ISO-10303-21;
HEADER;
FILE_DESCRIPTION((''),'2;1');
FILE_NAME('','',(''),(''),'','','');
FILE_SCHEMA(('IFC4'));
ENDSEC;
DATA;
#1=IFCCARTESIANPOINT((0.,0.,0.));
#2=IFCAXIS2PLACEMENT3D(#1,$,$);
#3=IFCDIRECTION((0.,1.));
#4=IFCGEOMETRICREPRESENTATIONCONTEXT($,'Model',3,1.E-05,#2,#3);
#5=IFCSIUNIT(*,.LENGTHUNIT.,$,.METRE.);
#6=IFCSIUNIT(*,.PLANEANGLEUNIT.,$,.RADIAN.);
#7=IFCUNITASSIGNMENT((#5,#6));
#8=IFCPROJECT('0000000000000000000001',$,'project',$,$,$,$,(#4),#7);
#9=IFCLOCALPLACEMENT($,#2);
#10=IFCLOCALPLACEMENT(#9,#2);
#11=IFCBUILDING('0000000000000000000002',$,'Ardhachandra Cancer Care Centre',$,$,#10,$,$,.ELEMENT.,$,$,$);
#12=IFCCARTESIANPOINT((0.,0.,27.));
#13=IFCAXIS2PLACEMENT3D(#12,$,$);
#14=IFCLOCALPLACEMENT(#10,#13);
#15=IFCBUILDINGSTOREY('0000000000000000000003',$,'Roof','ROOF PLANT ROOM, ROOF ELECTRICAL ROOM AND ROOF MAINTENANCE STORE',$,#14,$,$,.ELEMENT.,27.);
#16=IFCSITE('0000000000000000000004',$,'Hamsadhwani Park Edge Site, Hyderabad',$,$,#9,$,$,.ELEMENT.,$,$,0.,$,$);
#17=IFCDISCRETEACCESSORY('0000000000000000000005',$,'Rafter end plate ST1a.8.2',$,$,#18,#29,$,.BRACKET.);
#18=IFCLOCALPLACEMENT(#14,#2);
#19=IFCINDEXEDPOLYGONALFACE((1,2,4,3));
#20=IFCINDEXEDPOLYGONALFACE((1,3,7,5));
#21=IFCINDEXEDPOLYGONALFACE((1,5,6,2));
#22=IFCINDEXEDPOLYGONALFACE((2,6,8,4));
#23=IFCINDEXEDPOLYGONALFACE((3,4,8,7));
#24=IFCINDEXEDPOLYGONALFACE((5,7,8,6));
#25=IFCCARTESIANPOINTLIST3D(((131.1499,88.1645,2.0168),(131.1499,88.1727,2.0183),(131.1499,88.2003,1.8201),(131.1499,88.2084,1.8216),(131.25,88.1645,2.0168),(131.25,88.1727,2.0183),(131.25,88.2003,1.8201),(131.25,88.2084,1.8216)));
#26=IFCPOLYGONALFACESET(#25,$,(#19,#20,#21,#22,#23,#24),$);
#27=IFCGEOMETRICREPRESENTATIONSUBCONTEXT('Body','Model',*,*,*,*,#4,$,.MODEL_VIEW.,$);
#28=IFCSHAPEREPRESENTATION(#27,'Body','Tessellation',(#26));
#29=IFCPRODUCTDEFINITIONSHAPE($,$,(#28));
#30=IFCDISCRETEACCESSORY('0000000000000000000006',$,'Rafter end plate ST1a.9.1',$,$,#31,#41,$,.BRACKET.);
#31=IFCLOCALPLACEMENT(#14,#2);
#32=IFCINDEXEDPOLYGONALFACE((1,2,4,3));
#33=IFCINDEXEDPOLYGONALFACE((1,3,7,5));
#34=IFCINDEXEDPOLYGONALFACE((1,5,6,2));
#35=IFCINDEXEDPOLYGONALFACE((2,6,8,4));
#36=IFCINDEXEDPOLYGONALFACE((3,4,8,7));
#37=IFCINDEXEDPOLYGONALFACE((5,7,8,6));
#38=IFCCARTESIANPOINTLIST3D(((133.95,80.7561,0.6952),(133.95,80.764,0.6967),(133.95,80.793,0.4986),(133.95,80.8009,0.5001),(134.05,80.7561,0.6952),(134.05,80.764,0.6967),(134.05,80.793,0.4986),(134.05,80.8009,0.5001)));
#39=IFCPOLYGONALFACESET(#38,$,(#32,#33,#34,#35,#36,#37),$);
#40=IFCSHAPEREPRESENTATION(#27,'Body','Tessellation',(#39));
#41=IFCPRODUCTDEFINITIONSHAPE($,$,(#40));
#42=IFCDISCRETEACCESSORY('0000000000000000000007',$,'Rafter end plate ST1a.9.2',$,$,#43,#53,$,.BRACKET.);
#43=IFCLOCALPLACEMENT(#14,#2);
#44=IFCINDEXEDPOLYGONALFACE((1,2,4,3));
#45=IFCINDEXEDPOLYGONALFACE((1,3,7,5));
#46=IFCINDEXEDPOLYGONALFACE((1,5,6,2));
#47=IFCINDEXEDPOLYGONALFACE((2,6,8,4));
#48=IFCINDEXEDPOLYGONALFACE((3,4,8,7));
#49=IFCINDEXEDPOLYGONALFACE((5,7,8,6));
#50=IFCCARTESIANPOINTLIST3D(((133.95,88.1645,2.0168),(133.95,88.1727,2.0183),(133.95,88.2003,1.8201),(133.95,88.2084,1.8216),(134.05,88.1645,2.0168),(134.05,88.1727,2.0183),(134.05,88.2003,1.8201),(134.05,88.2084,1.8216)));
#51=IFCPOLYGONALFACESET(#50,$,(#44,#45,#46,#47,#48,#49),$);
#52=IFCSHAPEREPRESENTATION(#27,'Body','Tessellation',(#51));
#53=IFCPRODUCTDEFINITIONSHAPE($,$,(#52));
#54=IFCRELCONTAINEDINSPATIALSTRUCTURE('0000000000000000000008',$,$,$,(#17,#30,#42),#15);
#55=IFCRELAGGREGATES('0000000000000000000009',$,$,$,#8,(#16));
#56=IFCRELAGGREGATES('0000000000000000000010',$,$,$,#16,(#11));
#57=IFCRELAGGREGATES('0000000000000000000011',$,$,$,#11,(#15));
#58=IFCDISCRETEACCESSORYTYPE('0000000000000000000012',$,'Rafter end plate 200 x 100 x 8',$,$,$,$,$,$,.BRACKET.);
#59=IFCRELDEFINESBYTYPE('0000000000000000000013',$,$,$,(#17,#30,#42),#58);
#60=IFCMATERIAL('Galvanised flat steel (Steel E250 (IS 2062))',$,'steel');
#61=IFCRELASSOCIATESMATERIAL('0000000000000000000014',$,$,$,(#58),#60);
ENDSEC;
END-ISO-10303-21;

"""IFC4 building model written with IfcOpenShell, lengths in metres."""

from ifc_helpers import new_model, si_unit, direction, frame, origin, origin_2d, place, context, subcontext, project, spatial, rectangle, extrude, material, material_profile, profile_set, type_object, element, save


model = new_model("IFC4")

# Units and contexts
model_context = context("Model", 3, precision=1e-05, world=origin(), true_north=direction((0.0, 1.0)))
body_context = subcontext(model_context, "Body", "Model", "MODEL_VIEW")
ifc_project = project(units=[si_unit("LENGTHUNIT", "METRE"), si_unit("PLANEANGLEUNIT", "RADIAN")], contexts=[model_context])

# Site, building, storey
site_placement = place(None, origin())
site = spatial("IfcSite", under=ifc_project, at=site_placement, Name="Hamsadhwani Park Edge Site, Hyderabad", CompositionType="ELEMENT", RefElevation=0.0)
building_placement = place(site_placement, origin())
building = spatial("IfcBuilding", under=site, at=building_placement, Name="Ardhachandra Cancer Care Centre", CompositionType="ELEMENT")
storey_placement = place(building_placement, frame((0.0, 0.0, 27.0)))
storey = spatial("IfcBuildingStorey", under=building, at=storey_placement, Name="Roof", Description="ROOF PLANT ROOM, ROOF ELECTRICAL ROOM AND ROOF MAINTENANCE STORE", CompositionType="ELEMENT", Elevation=27.0)

# Discrete accessories
ifc_material_1 = material(Name="Galvanised flat steel (Steel E250 (IS 2062))", Category="steel")
ifc_material_profile_1 = material_profile(ifc_material_1, rectangle(XDim=0.1001, YDim=0.2, at=origin_2d()), Name="Rafter end plate 200 x 100 x 8")
ifc_profile_set_1 = profile_set([ifc_material_profile_1], Name="Galvanised flat steel (Steel E250 (IS 2062))")
discrete_accessory_type = type_object("IfcDiscreteAccessoryType", Name="Rafter end plate 200 x 100 x 8", PredefinedType="BRACKET", material=ifc_profile_set_1)
discrete_accessory_1_placement = place(storey_placement, frame((131.2, 88.1824, 1.9185), z_axis=(0.0, 0.98387, 0.178885), x_axis=(-1.0, 0.0, 0.0)))
element("IfcDiscreteAccessory", 1, at=discrete_accessory_1_placement, inside=storey, type_object=discrete_accessory_type, Name="Rafter end plate ST1a.8.2", PredefinedType="BRACKET", context=body_context, shape_type="SweptSolid", body=[
    extrude(rectangle(XDim=0.1001, YDim=0.2, at=origin_2d()), origin(), (0.0, 0.0, 1.0), 0.0083),
])
discrete_accessory_2_placement = place(storey_placement, frame((134.0, 80.7825, 0.5984), z_axis=(0.0, -0.982872, -0.184289), x_axis=(1.0, 0.0, 0.0)))
element("IfcDiscreteAccessory", 2, at=discrete_accessory_2_placement, inside=storey, type_object=discrete_accessory_type, Name="Rafter end plate ST1a.9.1", PredefinedType="BRACKET", context=body_context, shape_type="SweptSolid", body=[
    extrude(rectangle(XDim=0.1001, YDim=0.2, at=origin_2d()), origin(), (0.0, 0.0, 1.0), 0.0081),
])
discrete_accessory_3_placement = place(storey_placement, frame((134.0, 88.1824, 1.9185), z_axis=(0.0, 0.98387, 0.178885), x_axis=(-1.0, 0.0, 0.0)))
element("IfcDiscreteAccessory", 3, at=discrete_accessory_3_placement, inside=storey, type_object=discrete_accessory_type, Name="Rafter end plate ST1a.9.2", PredefinedType="BRACKET", context=body_context, shape_type="SweptSolid", body=[
    extrude(rectangle(XDim=0.1001, YDim=0.2, at=origin_2d()), origin(), (0.0, 0.0, 1.0), 0.0083),
])

save(model, "model.ifc")
